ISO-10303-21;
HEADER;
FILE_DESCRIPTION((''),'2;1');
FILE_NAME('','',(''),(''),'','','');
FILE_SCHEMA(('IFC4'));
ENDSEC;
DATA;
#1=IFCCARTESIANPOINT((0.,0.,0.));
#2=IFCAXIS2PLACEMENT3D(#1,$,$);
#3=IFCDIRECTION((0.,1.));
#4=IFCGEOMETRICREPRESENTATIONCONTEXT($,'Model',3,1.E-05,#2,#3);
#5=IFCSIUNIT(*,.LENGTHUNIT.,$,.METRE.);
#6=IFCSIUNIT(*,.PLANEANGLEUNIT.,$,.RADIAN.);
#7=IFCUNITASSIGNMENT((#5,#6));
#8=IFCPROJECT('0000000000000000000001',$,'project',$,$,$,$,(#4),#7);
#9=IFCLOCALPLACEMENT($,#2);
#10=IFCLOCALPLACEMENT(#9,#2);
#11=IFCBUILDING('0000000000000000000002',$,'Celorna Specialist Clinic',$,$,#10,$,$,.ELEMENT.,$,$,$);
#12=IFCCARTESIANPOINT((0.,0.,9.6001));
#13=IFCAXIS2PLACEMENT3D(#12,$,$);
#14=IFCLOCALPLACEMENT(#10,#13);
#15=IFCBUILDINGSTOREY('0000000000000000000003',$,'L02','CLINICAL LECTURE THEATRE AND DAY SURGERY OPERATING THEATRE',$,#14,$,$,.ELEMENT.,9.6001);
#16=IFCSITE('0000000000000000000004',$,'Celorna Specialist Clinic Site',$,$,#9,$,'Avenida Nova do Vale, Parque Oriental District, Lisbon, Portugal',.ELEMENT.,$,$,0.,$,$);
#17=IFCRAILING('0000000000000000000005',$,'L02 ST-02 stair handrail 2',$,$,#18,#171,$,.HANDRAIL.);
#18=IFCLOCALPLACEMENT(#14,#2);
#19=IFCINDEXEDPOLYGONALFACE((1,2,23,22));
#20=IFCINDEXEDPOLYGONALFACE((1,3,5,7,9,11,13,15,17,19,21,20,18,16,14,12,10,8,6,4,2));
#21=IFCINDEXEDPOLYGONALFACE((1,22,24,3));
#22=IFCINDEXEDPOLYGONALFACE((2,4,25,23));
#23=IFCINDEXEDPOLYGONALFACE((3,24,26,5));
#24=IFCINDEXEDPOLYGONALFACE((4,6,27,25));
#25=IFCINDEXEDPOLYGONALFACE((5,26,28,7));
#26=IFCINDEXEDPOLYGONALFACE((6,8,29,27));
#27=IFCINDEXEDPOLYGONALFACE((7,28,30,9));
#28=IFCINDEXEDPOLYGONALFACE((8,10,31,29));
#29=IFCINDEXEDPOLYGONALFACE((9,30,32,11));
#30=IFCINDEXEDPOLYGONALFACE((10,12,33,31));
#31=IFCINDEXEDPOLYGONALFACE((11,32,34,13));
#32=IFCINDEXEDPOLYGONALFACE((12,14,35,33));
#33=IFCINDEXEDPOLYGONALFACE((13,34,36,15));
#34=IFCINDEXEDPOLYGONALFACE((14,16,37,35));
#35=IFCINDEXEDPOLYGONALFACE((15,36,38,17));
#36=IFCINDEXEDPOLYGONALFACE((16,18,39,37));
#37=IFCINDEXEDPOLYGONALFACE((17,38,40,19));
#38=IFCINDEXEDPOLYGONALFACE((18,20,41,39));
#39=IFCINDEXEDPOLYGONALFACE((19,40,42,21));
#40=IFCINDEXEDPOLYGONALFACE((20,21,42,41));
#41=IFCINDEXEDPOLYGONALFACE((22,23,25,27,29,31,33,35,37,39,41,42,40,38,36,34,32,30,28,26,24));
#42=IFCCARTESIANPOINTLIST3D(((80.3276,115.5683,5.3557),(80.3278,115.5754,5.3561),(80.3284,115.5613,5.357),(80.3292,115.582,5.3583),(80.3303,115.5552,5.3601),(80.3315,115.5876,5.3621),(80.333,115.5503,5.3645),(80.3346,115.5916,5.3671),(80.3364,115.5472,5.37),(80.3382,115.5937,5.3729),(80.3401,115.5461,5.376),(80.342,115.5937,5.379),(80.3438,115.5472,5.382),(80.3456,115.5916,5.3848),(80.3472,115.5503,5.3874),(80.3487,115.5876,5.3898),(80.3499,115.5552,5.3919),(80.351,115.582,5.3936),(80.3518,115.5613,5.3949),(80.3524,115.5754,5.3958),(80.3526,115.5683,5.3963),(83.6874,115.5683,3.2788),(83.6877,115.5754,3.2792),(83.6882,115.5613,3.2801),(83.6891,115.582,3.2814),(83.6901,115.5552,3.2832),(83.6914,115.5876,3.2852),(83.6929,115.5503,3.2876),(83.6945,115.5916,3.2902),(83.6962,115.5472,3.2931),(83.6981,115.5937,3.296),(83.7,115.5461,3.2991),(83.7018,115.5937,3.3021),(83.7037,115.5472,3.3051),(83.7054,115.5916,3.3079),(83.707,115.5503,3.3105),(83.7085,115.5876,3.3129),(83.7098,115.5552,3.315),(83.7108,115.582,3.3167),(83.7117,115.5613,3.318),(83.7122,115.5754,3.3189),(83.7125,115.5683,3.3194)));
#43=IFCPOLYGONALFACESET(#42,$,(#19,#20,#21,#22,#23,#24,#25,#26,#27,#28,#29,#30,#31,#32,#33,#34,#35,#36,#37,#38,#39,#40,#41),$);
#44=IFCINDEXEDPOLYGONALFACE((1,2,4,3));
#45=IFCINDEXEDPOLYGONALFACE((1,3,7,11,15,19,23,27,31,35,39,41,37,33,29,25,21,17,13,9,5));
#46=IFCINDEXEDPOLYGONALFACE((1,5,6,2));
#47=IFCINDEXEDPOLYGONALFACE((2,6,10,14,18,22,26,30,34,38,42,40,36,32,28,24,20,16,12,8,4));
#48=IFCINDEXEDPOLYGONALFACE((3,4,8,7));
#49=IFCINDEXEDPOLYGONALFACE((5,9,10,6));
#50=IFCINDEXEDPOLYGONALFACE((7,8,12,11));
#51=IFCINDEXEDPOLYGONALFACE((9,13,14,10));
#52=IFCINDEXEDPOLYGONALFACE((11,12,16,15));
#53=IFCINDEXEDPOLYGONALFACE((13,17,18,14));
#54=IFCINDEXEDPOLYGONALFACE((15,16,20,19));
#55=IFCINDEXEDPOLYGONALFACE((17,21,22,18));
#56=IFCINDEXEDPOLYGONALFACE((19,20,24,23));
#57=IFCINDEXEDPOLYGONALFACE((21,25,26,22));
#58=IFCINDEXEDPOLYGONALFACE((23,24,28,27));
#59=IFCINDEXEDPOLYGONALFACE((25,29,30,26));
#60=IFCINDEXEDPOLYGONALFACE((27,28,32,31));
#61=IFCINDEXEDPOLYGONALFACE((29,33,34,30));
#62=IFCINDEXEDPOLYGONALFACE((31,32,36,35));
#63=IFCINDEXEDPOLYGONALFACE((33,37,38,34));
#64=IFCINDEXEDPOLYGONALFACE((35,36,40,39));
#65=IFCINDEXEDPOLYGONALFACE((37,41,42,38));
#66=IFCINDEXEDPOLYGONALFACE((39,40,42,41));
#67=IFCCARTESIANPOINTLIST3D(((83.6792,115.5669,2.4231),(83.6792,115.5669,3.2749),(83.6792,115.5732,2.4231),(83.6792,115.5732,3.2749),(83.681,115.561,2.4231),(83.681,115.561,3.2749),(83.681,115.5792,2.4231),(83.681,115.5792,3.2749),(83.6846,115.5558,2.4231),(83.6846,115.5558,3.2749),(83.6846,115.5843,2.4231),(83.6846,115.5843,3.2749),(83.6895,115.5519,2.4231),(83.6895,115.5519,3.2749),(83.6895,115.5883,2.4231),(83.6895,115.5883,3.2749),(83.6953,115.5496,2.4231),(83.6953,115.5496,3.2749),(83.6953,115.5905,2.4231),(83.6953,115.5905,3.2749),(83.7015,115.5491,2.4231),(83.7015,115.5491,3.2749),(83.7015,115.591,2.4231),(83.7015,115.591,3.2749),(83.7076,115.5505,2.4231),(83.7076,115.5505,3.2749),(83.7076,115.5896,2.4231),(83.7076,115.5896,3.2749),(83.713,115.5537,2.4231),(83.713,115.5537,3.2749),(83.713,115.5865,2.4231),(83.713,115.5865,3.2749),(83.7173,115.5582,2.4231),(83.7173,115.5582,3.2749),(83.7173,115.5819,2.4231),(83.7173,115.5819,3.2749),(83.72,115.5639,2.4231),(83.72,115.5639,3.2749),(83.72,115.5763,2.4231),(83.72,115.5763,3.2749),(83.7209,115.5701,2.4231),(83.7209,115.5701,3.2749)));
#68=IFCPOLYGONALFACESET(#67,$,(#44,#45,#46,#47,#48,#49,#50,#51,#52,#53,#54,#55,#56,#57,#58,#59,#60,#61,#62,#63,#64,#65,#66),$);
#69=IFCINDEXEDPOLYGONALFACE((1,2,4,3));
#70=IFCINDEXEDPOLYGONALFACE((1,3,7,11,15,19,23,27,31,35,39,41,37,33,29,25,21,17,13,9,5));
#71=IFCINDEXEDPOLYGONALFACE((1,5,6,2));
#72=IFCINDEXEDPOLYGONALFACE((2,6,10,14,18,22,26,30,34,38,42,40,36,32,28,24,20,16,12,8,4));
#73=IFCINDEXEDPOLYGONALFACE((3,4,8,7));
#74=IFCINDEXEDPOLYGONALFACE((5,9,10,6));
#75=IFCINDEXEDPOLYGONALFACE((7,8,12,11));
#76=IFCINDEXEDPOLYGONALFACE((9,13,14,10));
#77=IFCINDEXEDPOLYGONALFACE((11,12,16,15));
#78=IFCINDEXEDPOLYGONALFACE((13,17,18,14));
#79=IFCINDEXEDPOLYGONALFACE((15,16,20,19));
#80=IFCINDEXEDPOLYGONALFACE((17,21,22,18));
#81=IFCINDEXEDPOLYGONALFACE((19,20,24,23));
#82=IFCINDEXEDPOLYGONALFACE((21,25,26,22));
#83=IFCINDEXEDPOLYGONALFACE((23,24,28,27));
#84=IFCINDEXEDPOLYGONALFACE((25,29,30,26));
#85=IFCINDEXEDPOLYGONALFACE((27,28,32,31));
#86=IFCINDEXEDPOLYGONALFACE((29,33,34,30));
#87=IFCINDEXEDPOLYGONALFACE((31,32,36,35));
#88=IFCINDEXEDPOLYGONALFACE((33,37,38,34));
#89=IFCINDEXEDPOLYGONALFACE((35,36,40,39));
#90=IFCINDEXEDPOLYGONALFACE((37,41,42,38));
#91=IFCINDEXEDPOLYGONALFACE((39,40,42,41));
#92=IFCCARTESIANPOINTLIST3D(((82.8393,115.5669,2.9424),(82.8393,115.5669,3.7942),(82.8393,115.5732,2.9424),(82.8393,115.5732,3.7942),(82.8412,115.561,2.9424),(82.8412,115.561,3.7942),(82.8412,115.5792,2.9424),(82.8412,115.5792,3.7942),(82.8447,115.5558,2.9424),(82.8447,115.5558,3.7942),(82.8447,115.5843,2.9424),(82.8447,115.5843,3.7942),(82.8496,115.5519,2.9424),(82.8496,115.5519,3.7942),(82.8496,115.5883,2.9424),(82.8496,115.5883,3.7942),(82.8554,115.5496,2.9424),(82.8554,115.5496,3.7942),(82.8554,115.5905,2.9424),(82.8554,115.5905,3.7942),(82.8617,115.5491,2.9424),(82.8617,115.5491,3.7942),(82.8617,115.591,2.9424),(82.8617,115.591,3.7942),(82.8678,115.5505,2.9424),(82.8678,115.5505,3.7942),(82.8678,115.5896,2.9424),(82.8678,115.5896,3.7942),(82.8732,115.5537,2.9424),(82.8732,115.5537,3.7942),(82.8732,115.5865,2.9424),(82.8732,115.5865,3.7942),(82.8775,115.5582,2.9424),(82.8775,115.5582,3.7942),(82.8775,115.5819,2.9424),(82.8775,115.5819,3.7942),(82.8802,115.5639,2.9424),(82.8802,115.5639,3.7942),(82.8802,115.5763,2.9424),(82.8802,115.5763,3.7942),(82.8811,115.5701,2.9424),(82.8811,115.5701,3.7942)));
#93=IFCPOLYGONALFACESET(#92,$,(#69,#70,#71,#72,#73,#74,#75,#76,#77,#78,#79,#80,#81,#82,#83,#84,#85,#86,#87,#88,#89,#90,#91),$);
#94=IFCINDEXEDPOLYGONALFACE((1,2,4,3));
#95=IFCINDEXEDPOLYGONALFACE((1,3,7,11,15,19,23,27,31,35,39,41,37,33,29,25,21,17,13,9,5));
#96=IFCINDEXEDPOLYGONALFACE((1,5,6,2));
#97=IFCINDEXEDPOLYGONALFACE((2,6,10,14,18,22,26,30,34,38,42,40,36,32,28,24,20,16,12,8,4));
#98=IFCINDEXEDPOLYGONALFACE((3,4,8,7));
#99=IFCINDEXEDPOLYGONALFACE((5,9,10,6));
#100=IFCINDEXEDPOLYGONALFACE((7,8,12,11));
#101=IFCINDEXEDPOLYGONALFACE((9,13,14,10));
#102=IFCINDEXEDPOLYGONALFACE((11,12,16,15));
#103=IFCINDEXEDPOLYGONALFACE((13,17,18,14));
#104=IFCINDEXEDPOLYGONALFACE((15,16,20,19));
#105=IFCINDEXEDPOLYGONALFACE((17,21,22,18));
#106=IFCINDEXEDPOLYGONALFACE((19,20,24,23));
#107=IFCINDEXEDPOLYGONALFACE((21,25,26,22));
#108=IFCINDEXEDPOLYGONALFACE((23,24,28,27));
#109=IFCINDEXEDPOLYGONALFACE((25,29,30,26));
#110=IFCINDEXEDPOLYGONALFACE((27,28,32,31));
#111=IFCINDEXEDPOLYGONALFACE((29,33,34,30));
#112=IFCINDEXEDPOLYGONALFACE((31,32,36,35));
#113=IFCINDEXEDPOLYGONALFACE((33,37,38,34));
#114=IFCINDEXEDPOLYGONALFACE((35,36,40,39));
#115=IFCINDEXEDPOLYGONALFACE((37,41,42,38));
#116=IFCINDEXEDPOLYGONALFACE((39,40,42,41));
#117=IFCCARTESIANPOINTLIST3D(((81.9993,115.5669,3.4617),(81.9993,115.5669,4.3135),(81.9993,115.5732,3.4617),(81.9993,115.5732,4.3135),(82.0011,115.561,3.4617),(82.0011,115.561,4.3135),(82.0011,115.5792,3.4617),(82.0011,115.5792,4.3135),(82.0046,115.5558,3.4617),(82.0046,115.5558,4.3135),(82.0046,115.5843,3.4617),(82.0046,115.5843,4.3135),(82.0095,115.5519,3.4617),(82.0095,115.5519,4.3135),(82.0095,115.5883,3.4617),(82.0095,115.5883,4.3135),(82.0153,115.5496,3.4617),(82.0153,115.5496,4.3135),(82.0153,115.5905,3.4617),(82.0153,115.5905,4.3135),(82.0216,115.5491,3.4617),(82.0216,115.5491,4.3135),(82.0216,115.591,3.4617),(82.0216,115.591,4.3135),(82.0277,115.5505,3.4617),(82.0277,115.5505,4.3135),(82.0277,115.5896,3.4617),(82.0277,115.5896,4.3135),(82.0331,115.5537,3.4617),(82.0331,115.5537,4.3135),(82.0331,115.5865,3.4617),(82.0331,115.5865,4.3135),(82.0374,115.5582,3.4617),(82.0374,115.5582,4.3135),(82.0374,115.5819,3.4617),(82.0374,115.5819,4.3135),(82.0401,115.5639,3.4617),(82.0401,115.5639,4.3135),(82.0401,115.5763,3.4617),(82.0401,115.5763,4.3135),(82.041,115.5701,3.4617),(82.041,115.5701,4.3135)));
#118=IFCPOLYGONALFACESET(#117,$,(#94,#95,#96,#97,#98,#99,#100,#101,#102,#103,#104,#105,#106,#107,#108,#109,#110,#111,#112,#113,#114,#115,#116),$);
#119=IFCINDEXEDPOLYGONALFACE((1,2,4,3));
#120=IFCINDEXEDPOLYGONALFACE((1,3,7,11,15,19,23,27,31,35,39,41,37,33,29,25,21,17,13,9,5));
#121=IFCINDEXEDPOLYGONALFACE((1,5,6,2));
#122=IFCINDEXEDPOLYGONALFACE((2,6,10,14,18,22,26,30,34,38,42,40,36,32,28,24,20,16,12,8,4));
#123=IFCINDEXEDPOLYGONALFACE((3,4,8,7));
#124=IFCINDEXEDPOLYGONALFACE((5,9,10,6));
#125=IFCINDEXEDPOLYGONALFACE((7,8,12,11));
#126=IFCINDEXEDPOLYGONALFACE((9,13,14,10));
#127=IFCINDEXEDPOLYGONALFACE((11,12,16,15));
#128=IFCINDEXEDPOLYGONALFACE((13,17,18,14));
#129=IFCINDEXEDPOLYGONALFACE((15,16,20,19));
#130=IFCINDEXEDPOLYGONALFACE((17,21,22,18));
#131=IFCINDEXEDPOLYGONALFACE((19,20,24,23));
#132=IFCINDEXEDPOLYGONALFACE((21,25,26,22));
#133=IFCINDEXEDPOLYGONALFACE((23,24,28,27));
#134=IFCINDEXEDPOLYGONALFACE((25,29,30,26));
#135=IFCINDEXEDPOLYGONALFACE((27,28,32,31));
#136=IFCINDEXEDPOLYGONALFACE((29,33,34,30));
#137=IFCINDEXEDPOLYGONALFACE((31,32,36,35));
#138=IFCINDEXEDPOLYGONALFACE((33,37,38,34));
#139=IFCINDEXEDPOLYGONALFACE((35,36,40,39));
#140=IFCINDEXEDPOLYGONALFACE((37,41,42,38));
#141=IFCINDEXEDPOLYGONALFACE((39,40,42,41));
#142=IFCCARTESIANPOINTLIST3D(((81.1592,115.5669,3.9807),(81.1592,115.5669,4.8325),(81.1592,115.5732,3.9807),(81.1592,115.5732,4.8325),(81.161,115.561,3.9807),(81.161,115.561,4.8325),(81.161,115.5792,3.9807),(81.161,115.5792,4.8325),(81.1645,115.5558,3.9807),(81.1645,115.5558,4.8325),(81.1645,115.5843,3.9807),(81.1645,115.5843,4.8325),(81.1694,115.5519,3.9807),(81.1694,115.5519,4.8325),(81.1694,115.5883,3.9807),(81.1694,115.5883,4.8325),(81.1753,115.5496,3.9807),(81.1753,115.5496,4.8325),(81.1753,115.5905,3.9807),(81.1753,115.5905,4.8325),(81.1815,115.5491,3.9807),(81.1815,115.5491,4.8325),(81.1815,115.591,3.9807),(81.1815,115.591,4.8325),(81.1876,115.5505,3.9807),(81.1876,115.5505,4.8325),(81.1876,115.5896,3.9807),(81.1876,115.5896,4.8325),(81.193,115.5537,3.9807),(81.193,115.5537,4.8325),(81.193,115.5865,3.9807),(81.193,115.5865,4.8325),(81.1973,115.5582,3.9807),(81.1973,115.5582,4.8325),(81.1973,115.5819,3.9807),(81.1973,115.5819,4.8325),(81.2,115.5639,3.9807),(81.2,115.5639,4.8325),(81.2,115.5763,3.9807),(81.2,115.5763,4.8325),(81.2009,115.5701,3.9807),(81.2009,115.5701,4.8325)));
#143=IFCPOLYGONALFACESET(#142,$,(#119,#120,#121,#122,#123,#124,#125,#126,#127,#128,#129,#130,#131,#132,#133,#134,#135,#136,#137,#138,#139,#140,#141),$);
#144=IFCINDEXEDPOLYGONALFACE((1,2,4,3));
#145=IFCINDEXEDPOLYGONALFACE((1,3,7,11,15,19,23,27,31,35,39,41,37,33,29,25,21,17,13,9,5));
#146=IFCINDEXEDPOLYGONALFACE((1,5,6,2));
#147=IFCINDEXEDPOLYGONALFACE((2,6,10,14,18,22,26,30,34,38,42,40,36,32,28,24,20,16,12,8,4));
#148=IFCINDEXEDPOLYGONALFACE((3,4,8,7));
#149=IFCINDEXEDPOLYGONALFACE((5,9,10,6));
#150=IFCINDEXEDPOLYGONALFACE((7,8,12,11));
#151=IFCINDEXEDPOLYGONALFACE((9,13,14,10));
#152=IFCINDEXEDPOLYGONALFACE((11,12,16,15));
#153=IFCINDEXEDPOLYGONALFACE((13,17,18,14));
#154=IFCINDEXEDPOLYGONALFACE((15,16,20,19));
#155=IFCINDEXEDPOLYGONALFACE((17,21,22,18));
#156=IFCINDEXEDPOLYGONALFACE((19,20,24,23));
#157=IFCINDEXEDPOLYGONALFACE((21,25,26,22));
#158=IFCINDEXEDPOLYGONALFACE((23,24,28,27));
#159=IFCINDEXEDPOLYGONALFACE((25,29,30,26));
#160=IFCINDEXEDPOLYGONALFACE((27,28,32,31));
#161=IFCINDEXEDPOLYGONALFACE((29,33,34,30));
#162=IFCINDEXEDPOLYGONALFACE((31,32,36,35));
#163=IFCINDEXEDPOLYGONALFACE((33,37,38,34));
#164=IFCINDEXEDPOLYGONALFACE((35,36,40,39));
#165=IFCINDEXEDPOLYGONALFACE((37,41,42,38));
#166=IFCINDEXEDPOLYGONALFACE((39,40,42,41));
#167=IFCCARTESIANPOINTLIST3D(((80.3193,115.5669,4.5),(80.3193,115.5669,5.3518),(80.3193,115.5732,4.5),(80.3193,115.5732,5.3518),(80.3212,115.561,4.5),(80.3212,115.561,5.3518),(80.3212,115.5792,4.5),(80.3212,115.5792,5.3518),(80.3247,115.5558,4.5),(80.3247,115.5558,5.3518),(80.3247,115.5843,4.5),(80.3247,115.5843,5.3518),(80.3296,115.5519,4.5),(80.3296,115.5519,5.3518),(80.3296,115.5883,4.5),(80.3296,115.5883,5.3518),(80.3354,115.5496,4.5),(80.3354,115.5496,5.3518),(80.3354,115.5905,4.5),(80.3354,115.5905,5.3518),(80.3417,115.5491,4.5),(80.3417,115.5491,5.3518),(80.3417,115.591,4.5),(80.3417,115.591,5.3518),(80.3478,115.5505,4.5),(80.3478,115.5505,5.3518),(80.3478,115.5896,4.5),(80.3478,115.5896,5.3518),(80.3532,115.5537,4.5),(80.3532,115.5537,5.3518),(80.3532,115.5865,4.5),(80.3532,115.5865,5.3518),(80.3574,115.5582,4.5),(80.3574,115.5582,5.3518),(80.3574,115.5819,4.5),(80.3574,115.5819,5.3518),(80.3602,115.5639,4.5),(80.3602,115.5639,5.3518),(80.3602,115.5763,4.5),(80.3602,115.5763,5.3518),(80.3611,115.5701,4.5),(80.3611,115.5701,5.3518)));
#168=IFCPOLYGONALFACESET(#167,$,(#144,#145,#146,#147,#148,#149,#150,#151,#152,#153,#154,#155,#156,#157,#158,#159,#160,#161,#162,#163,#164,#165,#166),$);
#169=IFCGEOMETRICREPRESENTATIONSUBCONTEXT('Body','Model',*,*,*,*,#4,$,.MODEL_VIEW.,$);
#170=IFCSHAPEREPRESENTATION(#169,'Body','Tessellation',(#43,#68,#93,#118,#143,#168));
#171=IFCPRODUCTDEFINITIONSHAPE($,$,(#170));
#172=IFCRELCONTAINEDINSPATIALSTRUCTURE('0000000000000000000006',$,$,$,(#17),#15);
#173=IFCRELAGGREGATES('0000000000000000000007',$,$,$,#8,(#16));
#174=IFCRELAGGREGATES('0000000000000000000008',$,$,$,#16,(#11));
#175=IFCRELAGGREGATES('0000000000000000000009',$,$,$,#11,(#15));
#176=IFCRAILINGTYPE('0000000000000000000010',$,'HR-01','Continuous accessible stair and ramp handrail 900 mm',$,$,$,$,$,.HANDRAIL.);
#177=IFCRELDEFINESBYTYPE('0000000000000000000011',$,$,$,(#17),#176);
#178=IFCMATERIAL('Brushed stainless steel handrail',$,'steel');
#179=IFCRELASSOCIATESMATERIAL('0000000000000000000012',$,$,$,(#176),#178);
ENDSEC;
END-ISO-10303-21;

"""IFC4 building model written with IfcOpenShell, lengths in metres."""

from ifc_helpers import new_model, si_unit, direction, frame, origin, origin_2d, place, context, subcontext, project, spatial, circle, extrude, material, type_object, element, save


model = new_model("IFC4")

# Units and contexts
model_context = context("Model", 3, precision=1e-05, world=origin(), true_north=direction((0.0, 1.0)))
body_context = subcontext(model_context, "Body", "Model", "MODEL_VIEW")
ifc_project = project(units=[si_unit("LENGTHUNIT", "METRE"), si_unit("PLANEANGLEUNIT", "RADIAN")], contexts=[model_context])

# Site, building, storey
site_placement = place(None, origin())
site = spatial("IfcSite", under=ifc_project, at=site_placement, Name="Celorna Specialist Clinic Site", LongName="Avenida Nova do Vale, Parque Oriental District, Lisbon, Portugal", CompositionType="ELEMENT", RefElevation=0.0)
building_placement = place(site_placement, origin())
building = spatial("IfcBuilding", under=site, at=building_placement, Name="Celorna Specialist Clinic", CompositionType="ELEMENT")
storey_placement = place(building_placement, frame((0.0, 0.0, 9.6001)))
storey = spatial("IfcBuildingStorey", under=building, at=storey_placement, Name="L02", Description="CLINICAL LECTURE THEATRE AND DAY SURGERY OPERATING THEATRE", CompositionType="ELEMENT", Elevation=9.6001)

# Railing
ifc_material_1 = material(Name="Brushed stainless steel handrail", Category="steel")
railing_type_1 = type_object("IfcRailingType", Name="HR-01", Description="Continuous accessible stair and ramp handrail 900 mm", PredefinedType="HANDRAIL", material=ifc_material_1)
railing_1_placement = place(storey_placement, frame((83.7, 115.5701, 2.4231)))
element("IfcRailing", 1, at=railing_1_placement, inside=storey, type_object=railing_type_1, Name="L02 ST-02 stair handrail 2", PredefinedType="HANDRAIL", context=body_context, shape_type="SweptSolid", body=[
    extrude(circle(Radius=0.0239, at=origin_2d()), frame((0.0, 0.0, 0.876), z_axis=(-0.850606, 0.0, 0.525803), x_axis=(0.0, -1.0, 0.0)), (0.0, 0.0, 1.0), 3.95),
    extrude(circle(Radius=0.021, at=origin_2d()), origin(), (0.0, 0.0, 1.0), 0.8518),
    extrude(circle(Radius=0.021, at=origin_2d()), frame((-0.8398, 0.0, 0.5193)), (0.0, 0.0, 1.0), 0.8518),
    extrude(circle(Radius=0.021, at=origin_2d()), frame((-1.6799, 0.0, 1.0386)), (0.0, 0.0, 1.0), 0.8518),
    extrude(circle(Radius=0.021, at=origin_2d()), frame((-2.52, 0.0, 1.5576)), (0.0, 0.0, 1.0), 0.8518),
    extrude(circle(Radius=0.021, at=origin_2d()), frame((-3.3599, 0.0, 2.0769)), (0.0, 0.0, 1.0), 0.8518),
])

save(model, "model.ifc")
